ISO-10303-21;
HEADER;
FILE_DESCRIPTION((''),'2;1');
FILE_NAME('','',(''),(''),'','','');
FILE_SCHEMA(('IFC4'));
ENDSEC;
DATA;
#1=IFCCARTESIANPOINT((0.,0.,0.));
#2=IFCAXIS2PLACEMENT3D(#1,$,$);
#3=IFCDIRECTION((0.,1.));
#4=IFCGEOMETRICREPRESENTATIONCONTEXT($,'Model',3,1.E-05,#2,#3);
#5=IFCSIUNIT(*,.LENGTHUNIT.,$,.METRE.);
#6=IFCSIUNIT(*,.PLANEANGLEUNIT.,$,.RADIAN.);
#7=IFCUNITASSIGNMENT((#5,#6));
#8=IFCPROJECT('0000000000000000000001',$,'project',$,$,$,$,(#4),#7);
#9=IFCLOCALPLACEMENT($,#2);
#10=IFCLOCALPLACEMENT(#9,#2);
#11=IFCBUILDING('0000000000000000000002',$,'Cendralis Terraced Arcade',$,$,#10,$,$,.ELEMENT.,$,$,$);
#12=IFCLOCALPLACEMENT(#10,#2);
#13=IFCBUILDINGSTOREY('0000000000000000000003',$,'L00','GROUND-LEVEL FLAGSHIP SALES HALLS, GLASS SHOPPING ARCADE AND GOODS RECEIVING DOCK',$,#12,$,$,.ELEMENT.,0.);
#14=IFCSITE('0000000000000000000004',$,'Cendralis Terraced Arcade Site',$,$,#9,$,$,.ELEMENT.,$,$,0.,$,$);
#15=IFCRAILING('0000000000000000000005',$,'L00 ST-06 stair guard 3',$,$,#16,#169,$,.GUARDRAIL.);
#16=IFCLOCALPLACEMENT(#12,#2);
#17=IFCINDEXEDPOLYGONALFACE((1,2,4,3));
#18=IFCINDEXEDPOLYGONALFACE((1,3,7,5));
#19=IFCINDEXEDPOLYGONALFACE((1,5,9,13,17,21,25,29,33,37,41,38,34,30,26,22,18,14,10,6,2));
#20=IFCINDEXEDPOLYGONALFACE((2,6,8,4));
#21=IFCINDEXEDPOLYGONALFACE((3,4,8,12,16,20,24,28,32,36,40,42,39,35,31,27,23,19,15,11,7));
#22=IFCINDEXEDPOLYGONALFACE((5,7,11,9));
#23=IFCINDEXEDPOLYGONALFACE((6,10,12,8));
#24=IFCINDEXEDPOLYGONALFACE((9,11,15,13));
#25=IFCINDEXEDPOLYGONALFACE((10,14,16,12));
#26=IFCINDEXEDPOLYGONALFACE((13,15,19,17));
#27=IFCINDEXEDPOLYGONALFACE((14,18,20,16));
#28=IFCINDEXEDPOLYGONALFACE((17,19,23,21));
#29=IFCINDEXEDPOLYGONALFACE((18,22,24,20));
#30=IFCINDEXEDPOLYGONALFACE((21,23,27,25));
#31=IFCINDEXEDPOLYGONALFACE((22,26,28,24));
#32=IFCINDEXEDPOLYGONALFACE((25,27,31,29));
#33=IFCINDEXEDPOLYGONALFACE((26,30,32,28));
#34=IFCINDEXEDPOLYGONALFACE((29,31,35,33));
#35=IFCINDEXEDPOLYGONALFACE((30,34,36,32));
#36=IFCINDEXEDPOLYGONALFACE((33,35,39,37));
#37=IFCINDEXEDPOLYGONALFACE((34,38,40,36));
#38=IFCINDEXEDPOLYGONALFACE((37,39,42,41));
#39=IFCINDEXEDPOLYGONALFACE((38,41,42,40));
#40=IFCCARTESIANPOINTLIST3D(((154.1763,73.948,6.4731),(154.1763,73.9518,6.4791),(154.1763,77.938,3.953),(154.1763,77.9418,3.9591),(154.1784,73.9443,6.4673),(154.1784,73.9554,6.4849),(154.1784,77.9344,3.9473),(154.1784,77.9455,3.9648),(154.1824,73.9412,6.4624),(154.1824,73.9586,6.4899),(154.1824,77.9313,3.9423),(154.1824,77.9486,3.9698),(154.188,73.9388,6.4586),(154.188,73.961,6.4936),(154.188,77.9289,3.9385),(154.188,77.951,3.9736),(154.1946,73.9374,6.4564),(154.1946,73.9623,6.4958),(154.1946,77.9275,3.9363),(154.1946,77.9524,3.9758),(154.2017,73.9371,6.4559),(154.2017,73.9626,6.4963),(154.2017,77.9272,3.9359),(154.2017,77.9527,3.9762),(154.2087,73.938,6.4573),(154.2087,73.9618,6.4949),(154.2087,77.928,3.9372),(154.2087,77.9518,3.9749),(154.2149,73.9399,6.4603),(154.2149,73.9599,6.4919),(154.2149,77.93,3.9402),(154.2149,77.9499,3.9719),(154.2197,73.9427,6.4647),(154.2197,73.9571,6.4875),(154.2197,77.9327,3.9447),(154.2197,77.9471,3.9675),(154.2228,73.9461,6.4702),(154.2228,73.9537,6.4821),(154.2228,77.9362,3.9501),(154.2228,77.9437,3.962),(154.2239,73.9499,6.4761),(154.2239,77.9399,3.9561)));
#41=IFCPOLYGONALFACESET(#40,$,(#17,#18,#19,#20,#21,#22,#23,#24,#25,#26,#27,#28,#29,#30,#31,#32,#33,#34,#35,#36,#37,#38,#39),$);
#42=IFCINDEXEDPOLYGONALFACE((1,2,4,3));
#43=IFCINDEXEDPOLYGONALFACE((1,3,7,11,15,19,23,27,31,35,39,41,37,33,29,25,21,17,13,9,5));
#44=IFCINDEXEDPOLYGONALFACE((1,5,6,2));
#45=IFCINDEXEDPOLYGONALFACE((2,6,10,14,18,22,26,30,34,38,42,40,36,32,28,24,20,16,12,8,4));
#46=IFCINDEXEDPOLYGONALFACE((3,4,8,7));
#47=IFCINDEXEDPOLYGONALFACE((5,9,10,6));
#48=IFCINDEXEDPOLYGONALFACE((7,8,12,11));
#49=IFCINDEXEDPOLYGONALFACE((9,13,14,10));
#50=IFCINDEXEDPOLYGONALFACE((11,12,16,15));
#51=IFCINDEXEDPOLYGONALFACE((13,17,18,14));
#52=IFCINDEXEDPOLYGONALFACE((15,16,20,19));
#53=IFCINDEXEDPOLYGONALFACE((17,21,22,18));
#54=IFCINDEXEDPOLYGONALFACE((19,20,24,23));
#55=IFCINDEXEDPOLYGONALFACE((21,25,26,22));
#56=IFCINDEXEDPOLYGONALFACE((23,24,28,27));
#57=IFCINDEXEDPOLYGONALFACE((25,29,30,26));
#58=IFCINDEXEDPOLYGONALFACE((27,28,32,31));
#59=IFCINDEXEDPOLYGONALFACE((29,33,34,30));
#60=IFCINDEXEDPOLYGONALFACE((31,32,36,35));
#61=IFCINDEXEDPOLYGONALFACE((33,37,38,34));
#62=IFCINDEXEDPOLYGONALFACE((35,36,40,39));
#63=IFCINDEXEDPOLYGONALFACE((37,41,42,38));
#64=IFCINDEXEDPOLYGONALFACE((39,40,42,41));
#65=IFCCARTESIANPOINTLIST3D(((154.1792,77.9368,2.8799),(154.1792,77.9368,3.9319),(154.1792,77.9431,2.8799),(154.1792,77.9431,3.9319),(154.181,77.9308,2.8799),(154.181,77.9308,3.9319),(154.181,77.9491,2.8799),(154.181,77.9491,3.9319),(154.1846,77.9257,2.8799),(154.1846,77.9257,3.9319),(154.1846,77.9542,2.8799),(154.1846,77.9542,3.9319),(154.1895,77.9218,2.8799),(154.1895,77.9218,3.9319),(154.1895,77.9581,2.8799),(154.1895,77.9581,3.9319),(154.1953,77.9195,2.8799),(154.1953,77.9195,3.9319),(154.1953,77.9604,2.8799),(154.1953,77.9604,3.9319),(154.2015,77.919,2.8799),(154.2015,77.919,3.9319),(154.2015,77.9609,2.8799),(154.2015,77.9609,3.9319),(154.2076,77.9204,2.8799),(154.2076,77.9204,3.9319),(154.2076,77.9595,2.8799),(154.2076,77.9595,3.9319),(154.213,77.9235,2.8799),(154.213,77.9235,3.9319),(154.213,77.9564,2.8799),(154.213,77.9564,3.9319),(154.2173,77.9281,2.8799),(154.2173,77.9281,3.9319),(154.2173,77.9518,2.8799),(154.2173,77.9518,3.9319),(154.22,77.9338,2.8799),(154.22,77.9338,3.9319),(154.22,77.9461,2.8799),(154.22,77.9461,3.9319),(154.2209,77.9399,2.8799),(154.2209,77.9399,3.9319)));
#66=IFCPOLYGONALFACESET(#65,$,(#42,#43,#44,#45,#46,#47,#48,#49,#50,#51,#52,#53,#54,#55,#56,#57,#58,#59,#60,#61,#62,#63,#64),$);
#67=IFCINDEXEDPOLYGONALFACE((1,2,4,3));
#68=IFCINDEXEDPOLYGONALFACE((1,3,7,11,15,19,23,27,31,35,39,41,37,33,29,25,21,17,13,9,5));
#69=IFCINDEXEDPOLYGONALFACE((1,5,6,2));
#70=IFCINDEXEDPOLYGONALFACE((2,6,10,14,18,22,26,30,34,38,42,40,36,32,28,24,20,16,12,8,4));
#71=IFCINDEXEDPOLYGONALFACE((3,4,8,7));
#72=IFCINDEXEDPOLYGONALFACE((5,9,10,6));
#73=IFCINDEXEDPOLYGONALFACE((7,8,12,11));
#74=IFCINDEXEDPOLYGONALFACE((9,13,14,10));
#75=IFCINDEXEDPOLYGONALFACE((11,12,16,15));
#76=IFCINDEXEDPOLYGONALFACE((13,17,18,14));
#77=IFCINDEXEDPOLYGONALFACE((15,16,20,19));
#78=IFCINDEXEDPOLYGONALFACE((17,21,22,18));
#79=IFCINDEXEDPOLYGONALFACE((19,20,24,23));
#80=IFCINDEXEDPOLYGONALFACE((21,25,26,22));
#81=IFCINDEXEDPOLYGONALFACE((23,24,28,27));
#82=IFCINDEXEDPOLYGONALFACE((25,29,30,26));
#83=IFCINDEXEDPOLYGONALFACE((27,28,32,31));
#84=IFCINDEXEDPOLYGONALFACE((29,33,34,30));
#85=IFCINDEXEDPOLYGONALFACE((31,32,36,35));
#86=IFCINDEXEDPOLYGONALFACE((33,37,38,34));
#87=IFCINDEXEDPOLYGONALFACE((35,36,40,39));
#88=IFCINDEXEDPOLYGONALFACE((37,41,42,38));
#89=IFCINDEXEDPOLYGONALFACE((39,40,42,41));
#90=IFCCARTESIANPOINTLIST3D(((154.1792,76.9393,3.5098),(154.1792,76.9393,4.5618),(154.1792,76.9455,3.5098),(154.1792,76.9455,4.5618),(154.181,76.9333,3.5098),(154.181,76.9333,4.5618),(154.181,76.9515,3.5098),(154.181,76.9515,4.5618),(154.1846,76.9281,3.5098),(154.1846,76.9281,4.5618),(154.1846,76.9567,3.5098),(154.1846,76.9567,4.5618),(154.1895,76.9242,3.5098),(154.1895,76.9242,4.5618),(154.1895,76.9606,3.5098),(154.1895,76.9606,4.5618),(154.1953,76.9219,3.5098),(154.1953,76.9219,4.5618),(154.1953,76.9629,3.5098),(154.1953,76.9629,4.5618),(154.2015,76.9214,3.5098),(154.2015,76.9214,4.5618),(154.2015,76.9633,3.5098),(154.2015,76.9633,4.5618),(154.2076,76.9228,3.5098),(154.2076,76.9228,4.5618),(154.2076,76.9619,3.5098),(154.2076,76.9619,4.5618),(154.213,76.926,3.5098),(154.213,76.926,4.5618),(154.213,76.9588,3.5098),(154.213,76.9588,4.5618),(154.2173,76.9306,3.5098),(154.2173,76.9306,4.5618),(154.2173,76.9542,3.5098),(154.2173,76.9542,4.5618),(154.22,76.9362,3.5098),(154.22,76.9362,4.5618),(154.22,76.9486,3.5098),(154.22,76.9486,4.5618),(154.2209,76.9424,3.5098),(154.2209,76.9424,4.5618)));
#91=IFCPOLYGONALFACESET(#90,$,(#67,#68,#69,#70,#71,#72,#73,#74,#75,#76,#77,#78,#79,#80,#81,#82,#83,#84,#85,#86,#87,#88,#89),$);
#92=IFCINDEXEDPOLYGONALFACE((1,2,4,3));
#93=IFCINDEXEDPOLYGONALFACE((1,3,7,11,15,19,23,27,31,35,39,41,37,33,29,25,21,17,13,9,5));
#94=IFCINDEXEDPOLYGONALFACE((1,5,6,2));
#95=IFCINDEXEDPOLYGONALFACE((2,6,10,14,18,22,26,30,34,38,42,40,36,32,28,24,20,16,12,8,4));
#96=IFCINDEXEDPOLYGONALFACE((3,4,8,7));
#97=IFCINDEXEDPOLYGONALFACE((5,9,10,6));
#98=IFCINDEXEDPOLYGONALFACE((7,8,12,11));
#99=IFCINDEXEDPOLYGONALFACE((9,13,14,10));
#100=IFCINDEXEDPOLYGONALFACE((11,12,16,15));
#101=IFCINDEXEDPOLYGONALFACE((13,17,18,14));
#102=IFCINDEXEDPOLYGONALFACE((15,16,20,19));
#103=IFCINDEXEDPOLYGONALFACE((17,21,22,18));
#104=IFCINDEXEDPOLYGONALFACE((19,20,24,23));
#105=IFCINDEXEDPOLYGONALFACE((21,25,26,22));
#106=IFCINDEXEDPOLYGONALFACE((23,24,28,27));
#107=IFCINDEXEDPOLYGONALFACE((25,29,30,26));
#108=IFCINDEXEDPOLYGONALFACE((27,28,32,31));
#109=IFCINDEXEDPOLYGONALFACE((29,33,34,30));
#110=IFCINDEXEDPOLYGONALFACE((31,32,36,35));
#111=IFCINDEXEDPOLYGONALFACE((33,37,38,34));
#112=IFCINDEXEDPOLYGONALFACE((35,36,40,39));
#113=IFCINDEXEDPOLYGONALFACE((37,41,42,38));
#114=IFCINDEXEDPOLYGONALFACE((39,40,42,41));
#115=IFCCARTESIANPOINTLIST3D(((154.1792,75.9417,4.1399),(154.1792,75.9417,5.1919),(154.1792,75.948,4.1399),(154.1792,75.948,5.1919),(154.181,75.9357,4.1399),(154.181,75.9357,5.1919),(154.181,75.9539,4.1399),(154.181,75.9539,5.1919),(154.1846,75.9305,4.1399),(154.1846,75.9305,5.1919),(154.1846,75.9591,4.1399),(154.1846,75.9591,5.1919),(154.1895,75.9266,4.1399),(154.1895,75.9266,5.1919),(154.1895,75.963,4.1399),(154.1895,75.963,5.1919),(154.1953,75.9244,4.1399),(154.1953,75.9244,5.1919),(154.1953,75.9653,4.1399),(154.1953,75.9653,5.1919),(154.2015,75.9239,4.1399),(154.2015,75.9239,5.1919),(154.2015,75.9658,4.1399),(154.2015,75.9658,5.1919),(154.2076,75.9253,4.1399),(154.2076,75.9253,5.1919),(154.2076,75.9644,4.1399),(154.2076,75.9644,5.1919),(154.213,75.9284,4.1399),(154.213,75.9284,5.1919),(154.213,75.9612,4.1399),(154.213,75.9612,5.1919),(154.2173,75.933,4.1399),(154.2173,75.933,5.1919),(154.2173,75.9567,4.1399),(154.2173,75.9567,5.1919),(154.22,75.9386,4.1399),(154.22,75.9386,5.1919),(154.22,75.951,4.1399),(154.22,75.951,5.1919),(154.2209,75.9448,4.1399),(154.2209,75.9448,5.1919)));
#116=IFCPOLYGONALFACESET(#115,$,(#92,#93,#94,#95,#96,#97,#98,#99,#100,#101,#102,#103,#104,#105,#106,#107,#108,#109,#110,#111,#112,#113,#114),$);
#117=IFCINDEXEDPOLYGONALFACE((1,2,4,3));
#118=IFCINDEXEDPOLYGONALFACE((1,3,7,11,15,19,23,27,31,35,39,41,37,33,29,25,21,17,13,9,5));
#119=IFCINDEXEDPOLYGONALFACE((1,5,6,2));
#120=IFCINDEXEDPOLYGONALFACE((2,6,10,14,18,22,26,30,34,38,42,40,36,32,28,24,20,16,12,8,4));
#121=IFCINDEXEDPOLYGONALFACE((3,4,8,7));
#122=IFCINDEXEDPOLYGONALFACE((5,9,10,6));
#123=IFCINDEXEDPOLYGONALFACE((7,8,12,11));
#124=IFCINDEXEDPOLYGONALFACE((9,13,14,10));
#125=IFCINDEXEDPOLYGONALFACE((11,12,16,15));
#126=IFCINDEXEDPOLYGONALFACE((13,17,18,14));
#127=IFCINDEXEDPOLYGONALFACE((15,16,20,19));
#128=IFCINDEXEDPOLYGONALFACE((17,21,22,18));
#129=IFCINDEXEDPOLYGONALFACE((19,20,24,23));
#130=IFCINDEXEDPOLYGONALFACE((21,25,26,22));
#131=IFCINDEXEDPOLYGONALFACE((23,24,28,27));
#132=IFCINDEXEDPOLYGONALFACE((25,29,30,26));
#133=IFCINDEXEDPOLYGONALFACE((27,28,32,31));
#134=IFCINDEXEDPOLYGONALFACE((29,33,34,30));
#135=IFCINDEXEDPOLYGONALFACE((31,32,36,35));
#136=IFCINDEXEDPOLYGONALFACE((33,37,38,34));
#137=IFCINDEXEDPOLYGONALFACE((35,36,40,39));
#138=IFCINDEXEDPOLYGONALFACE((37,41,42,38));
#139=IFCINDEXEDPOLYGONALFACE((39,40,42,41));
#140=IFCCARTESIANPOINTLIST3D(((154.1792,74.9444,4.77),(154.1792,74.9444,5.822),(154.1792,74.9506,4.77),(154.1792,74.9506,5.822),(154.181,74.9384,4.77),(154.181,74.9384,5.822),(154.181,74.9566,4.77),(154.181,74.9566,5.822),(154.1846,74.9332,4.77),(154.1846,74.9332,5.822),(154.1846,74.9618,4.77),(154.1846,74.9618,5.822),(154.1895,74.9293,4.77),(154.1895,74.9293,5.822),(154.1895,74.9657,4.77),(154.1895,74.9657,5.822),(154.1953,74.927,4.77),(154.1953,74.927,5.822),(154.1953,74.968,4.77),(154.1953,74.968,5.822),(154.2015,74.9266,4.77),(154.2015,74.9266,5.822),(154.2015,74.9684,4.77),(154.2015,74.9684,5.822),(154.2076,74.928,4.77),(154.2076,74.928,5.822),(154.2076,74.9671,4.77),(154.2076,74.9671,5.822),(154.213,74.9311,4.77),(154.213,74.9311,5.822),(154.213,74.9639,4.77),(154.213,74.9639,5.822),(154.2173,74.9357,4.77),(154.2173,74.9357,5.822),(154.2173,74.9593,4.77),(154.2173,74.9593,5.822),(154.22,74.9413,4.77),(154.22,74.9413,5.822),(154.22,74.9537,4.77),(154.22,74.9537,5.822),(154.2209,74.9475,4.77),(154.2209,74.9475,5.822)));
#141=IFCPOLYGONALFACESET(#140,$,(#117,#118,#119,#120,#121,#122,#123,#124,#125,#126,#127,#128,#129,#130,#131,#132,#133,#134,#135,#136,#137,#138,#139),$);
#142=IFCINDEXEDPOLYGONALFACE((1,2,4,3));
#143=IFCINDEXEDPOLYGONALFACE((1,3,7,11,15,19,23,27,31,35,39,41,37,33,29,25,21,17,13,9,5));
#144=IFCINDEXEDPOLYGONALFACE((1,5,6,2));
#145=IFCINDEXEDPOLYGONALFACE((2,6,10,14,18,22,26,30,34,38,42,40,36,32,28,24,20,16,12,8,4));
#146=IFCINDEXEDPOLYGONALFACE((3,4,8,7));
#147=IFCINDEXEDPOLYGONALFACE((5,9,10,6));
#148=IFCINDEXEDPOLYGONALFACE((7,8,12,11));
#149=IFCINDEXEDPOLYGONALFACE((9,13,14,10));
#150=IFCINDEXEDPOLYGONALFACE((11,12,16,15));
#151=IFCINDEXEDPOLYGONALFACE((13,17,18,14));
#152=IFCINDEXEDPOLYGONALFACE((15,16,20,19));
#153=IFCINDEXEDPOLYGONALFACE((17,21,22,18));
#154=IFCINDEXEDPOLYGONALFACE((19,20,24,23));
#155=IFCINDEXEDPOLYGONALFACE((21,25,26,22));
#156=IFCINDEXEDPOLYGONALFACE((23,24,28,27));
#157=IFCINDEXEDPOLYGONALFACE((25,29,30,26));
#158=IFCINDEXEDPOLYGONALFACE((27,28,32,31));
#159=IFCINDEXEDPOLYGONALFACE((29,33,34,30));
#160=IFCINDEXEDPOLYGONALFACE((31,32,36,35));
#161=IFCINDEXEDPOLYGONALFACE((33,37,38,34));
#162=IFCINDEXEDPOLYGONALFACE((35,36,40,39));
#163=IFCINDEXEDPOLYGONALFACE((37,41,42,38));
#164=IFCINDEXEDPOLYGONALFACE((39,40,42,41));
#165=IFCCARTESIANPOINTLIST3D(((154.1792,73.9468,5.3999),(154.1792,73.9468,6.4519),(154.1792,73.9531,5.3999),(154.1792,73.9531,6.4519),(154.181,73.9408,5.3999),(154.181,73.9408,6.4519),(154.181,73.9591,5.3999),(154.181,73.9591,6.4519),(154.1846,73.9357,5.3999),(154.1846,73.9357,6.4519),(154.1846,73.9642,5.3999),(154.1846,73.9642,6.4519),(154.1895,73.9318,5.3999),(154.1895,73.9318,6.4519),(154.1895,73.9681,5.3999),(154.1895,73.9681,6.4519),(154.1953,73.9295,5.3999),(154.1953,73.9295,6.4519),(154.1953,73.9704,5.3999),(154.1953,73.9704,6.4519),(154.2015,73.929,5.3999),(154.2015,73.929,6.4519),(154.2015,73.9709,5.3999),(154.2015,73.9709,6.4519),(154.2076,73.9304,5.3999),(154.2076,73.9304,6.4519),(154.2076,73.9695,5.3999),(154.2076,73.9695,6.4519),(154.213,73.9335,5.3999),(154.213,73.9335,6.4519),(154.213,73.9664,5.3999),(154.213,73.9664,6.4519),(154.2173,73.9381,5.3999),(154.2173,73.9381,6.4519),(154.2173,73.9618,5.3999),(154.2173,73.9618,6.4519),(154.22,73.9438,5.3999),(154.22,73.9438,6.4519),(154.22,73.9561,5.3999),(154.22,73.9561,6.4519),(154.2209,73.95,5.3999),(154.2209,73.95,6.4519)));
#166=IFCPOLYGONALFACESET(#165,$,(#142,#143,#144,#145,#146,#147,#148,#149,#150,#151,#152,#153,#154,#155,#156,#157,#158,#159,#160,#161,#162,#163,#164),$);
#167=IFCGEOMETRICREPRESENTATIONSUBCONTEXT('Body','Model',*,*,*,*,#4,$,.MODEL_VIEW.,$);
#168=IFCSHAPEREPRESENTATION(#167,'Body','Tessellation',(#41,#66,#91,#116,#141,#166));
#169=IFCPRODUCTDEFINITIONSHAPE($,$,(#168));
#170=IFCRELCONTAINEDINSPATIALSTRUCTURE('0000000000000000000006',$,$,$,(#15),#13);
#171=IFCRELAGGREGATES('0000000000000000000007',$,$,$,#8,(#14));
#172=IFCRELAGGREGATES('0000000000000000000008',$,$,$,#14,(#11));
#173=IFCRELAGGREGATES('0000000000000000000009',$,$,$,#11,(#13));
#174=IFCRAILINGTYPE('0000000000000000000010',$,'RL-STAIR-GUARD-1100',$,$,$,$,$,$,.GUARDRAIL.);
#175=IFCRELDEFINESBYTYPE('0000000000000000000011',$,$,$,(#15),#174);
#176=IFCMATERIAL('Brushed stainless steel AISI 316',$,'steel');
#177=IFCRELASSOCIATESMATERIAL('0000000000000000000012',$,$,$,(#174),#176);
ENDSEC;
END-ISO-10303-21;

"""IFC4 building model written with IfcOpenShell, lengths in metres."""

from ifc_helpers import new_model, si_unit, direction, frame, origin, origin_2d, place, context, subcontext, project, spatial, circle, extrude, material, type_object, element, save


model = new_model("IFC4")

# Units and contexts
model_context = context("Model", 3, precision=1e-05, world=origin(), true_north=direction((0.0, 1.0)))
body_context = subcontext(model_context, "Body", "Model", "MODEL_VIEW")
ifc_project = project(units=[si_unit("LENGTHUNIT", "METRE"), si_unit("PLANEANGLEUNIT", "RADIAN")], contexts=[model_context])

# Site, building, storey
site_placement = place(None, origin())
site = spatial("IfcSite", under=ifc_project, at=site_placement, Name="Cendralis Terraced Arcade Site", CompositionType="ELEMENT", RefElevation=0.0)
building_placement = place(site_placement, origin())
building = spatial("IfcBuilding", under=site, at=building_placement, Name="Cendralis Terraced Arcade", CompositionType="ELEMENT")
storey_placement = place(building_placement, origin())
storey = spatial("IfcBuildingStorey", under=building, at=storey_placement, Name="L00", Description="GROUND-LEVEL FLAGSHIP SALES HALLS, GLASS SHOPPING ARCADE AND GOODS RECEIVING DOCK", CompositionType="ELEMENT", Elevation=0.0)

# Railing
ifc_material_1 = material(Name="Brushed stainless steel AISI 316", Category="steel")
railing_type_1 = type_object("IfcRailingType", Name="RL-STAIR-GUARD-1100", PredefinedType="GUARDRAIL", material=ifc_material_1)
railing_1_placement = place(storey_placement, frame((154.2, 77.9399, 2.8799)))
element("IfcRailing", 1, at=railing_1_placement, inside=storey, type_object=railing_type_1, Name="L00 ST-06 stair guard 3", PredefinedType="GUARDRAIL", context=body_context, shape_type="SweptSolid", body=[
    extrude(circle(Radius=0.0239, at=origin_2d()), frame((0.0, 0.0, 1.0762), z_axis=(0.0, -0.845486, 0.533997), x_axis=(1.0, 0.0, 0.0)), (0.0, 0.0, 1.0), 4.7192),
    extrude(circle(Radius=0.021, at=origin_2d()), origin(), (0.0, 0.0, 1.0), 1.052),
    extrude(circle(Radius=0.021, at=origin_2d()), frame((0.0, -0.9976, 0.6299)), (0.0, 0.0, 1.0), 1.052),
    extrude(circle(Radius=0.021, at=origin_2d()), frame((0.0, -1.9951, 1.26)), (0.0, 0.0, 1.0), 1.052),
    extrude(circle(Radius=0.021, at=origin_2d()), frame((0.0, -2.9924, 1.8901)), (0.0, 0.0, 1.0), 1.052),
    extrude(circle(Radius=0.021, at=origin_2d()), frame((0.0, -3.99, 2.52)), (0.0, 0.0, 1.0), 1.052),
])

save(model, "model.ifc")
